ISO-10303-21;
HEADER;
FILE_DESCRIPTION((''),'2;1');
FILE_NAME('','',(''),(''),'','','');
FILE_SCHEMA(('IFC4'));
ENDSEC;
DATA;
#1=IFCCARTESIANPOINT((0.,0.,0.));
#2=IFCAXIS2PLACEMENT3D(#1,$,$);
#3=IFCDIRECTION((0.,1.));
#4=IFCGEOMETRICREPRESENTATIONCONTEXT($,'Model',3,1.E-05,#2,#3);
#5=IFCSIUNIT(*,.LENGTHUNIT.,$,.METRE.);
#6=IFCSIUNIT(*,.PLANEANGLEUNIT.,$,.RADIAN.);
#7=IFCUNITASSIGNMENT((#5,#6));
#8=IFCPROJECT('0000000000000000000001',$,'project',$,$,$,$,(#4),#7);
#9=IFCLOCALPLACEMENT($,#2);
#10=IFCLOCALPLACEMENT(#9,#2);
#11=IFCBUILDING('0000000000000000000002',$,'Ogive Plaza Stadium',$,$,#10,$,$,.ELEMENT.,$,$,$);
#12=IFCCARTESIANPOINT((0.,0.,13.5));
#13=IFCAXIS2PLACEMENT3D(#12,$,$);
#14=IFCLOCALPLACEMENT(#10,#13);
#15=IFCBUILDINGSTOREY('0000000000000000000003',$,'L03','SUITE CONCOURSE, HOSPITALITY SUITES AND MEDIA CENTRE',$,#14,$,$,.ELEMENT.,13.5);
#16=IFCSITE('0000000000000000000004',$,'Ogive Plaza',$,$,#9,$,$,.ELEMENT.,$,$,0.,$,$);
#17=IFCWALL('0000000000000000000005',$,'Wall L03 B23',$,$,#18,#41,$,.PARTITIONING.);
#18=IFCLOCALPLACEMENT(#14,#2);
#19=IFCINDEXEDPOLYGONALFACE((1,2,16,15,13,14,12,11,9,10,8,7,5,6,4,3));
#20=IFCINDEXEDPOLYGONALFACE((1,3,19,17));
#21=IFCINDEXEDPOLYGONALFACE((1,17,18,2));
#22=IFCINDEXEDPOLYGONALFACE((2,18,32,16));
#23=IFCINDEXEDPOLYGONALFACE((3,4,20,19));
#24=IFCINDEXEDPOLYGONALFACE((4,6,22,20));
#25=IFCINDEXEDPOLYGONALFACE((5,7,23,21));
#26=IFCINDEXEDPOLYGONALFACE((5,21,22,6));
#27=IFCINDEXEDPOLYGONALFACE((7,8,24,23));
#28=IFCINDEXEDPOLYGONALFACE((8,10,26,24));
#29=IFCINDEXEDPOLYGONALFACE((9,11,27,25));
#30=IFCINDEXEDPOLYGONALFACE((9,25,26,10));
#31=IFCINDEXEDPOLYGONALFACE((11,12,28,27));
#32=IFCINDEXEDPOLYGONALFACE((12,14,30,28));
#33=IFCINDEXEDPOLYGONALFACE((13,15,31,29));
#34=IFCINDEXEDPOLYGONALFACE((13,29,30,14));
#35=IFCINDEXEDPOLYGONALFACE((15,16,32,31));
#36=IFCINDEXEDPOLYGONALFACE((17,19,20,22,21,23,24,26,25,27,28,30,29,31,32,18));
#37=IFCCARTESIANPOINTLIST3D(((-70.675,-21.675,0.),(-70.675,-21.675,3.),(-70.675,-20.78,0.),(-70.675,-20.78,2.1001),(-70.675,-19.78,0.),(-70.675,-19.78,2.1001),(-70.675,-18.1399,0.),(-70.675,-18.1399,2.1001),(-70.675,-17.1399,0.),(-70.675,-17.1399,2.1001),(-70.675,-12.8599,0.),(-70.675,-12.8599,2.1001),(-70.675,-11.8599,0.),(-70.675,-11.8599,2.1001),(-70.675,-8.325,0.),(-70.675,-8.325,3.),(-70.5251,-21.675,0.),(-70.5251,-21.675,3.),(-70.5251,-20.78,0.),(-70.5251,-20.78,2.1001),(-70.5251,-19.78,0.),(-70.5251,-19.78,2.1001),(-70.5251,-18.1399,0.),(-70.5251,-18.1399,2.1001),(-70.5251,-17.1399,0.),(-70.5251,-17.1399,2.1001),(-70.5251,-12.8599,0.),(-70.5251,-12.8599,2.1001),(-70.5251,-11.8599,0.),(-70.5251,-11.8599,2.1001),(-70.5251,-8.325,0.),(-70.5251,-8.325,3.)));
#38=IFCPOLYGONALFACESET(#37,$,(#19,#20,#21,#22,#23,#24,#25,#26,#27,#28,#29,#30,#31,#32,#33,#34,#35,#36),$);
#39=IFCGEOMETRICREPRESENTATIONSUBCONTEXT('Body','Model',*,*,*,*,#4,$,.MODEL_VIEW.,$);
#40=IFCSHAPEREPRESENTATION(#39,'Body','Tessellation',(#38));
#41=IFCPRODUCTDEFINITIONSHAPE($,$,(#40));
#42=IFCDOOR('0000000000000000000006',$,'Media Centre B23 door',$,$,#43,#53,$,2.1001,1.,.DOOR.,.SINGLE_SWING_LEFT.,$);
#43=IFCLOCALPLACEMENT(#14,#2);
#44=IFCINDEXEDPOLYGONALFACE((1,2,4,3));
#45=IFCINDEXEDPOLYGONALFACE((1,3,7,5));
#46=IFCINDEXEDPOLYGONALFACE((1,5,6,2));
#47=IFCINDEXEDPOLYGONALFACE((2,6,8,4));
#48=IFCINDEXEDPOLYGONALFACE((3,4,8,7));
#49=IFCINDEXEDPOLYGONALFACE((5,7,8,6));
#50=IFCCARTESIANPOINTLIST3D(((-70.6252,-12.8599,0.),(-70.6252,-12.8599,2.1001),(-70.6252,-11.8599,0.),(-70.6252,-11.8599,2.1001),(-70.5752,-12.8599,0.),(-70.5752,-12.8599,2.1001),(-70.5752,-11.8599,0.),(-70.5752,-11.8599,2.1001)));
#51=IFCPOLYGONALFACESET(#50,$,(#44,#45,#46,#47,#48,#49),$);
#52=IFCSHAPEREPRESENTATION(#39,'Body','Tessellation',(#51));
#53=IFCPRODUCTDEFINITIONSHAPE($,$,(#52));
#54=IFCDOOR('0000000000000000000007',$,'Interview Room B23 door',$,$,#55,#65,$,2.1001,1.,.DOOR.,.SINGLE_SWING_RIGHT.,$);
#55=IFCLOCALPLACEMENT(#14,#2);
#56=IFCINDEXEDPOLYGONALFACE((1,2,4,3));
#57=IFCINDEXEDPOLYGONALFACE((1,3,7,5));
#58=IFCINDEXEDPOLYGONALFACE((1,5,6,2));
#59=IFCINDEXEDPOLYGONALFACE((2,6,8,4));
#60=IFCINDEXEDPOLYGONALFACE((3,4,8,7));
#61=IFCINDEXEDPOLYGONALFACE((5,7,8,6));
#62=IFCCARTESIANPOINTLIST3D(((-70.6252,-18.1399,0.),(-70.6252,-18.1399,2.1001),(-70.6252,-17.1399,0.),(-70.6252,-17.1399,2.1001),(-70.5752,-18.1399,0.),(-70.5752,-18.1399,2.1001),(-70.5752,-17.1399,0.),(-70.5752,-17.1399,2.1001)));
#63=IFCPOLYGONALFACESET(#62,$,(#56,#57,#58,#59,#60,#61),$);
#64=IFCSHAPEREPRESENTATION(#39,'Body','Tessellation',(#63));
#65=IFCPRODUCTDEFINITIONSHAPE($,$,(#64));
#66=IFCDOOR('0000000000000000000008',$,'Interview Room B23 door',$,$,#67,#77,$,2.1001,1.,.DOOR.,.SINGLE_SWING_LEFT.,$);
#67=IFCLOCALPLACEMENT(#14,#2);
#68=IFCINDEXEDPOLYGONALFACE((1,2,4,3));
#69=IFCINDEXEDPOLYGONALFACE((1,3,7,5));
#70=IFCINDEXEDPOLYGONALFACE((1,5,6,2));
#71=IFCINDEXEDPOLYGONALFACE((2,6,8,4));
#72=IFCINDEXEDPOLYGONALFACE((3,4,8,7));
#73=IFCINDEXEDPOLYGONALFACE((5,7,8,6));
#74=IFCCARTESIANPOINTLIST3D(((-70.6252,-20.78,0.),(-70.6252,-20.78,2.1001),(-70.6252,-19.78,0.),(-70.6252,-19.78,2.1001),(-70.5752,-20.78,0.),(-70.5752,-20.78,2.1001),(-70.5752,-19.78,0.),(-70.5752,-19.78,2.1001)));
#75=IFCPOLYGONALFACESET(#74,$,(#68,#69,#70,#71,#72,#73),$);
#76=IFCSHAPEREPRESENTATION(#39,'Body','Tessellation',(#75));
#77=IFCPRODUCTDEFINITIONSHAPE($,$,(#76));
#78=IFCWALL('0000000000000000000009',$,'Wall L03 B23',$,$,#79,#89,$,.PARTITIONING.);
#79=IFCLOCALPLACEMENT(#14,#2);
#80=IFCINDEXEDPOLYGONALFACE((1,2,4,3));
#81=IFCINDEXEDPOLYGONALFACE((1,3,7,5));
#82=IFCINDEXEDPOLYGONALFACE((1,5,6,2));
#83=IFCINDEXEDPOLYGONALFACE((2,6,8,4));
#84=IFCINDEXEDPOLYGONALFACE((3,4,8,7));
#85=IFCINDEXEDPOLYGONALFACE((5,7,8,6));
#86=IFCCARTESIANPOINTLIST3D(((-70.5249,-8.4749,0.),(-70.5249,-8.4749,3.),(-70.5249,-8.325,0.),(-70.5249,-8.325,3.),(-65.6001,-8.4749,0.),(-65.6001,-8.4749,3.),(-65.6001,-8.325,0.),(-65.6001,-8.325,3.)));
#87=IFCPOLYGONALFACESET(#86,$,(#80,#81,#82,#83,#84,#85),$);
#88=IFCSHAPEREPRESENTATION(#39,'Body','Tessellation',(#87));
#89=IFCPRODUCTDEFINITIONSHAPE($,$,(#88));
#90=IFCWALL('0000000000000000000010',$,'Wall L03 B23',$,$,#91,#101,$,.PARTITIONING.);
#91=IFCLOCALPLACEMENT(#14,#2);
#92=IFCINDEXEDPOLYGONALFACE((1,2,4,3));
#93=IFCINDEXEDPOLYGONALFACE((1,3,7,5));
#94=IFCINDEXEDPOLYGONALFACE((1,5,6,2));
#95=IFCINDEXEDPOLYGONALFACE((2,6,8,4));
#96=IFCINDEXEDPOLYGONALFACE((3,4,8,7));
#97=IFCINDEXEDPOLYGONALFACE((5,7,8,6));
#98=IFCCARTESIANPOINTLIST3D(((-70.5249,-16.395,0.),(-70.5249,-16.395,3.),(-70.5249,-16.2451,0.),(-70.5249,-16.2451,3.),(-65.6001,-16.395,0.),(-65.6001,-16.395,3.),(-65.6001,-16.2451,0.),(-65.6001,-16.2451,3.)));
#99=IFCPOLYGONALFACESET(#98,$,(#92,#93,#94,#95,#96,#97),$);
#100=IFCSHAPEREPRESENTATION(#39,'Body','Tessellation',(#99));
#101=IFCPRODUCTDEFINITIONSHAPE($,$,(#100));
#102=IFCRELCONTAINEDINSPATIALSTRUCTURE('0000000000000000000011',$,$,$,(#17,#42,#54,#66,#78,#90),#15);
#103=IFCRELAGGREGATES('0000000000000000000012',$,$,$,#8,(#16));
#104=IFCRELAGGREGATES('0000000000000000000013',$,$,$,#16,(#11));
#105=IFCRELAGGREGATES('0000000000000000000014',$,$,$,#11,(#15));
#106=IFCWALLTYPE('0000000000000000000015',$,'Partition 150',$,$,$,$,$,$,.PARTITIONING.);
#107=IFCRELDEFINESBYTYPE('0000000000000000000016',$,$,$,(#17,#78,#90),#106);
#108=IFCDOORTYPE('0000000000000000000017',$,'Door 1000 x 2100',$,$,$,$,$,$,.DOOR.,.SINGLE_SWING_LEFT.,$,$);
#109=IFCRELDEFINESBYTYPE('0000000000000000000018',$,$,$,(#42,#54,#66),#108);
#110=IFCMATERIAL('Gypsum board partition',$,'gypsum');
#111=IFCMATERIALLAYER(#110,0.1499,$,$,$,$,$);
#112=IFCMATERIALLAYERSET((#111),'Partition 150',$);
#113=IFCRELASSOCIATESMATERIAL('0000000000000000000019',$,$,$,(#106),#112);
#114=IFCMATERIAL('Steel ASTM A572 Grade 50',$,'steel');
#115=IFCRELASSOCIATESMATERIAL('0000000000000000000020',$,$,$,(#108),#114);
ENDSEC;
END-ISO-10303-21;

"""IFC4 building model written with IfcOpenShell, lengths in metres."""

from ifc_helpers import new_model, si_unit, direction, frame, frame_2d, origin, place, context, subcontext, project, spatial, rectangle, extrude, material, layer, layer_set, type_object, element, fill, save


model = new_model("IFC4")

# Units and contexts
model_context = context("Model", 3, precision=1e-05, world=origin(), true_north=direction((0.0, 1.0)))
body_context = subcontext(model_context, "Body", "Model", "MODEL_VIEW")
ifc_project = project(units=[si_unit("LENGTHUNIT", "METRE"), si_unit("PLANEANGLEUNIT", "RADIAN")], contexts=[model_context])

# Site, building, storey
site_placement = place(None, origin())
site = spatial("IfcSite", under=ifc_project, at=site_placement, Name="Ogive Plaza", CompositionType="ELEMENT", RefElevation=0.0)
building_placement = place(site_placement, origin())
building = spatial("IfcBuilding", under=site, at=building_placement, Name="Ogive Plaza Stadium", CompositionType="ELEMENT")
storey_placement = place(building_placement, frame((0.0, 0.0, 13.5)))
storey = spatial("IfcBuildingStorey", under=building, at=storey_placement, Name="L03", Description="SUITE CONCOURSE, HOSPITALITY SUITES AND MEDIA CENTRE", CompositionType="ELEMENT", Elevation=13.5)

# Shared definitions
ifc_material_1 = material(Name="Gypsum board partition", Category="gypsum")
ifc_layer_1 = layer(ifc_material_1, 0.1499)
ifc_layer_set_1 = layer_set([ifc_layer_1], Name="Partition 150")
wall_type_1 = type_object("IfcWallType", Name="Partition 150", PredefinedType="PARTITIONING", material=ifc_layer_set_1)

# Wall, openings, doors
wall_1_placement = place(storey_placement, frame((-70.6001, -8.325, 0.0), z_axis=(0.0, 0.0, 1.0), x_axis=(0.0, -1.0, 0.0)))
wall_1 = element("IfcWall", 1, at=wall_1_placement, inside=storey, type_object=wall_type_1, Name="Wall L03 B23", PredefinedType="PARTITIONING", context=body_context, shape_type="SweptSolid", body=[
    extrude(rectangle(XDim=13.3501, YDim=0.1499, at=frame_2d((6.675, 0.0))), origin(), (0.0, 0.0, 1.0), 3.0),
])
opening_1_placement = place(wall_1_placement, frame((3.5349, 0.0, 0.0)))
opening_1 = element("IfcOpeningElement", 2, at=opening_1_placement, cuts=wall_1, PredefinedType="OPENING", context=body_context, shape_type="SweptSolid", body=[
    extrude(rectangle(XDim=1.0, YDim=2.1001, at=frame_2d((0.5, 1.05))), frame((0.0, 0.075, 0.0), z_axis=(0.0, -1.0, 0.0), x_axis=(1.0, 0.0, 0.0)), (0.0, 0.0, 1.0), 0.1499),
])
opening_2_placement = place(wall_1_placement, frame((8.8149, 0.0, 0.0)))
opening_2 = element("IfcOpeningElement", 3, at=opening_2_placement, cuts=wall_1, PredefinedType="OPENING", context=body_context, shape_type="SweptSolid", body=[
    extrude(rectangle(XDim=1.0, YDim=2.1001, at=frame_2d((0.5, 1.05))), frame((0.0, 0.075, 0.0), z_axis=(0.0, -1.0, 0.0), x_axis=(1.0, 0.0, 0.0)), (0.0, 0.0, 1.0), 0.1499),
])
opening_3_placement = place(wall_1_placement, frame((11.4551, 0.0, 0.0)))
opening_3 = element("IfcOpeningElement", 4, at=opening_3_placement, cuts=wall_1, PredefinedType="OPENING", context=body_context, shape_type="SweptSolid", body=[
    extrude(rectangle(XDim=1.0, YDim=2.1001, at=frame_2d((0.5, 1.05))), frame((0.0, 0.075, 0.0), z_axis=(0.0, -1.0, 0.0), x_axis=(1.0, 0.0, 0.0)), (0.0, 0.0, 1.0), 0.1499),
])
ifc_material_2 = material(Name="Steel ASTM A572 Grade 50", Category="steel")
door_type_1 = type_object("IfcDoorType", Name="Door 1000 x 2100", OperationType="SINGLE_SWING_LEFT", PredefinedType="DOOR", material=ifc_material_2)
door_1_placement = place(opening_1_placement, origin())
door_1 = element("IfcDoor", 5, at=door_1_placement, inside=storey, type_object=door_type_1, Name="Media Centre B23 door", OperationType="SINGLE_SWING_LEFT", OverallHeight=2.1001, OverallWidth=1.0, PredefinedType="DOOR", context=body_context, shape_type="SweptSolid", body=[
    extrude(rectangle(XDim=1.0, YDim=2.1001, at=frame_2d((0.5, 1.05))), frame((0.0, 0.0249, 0.0), z_axis=(0.0, -1.0, 0.0), x_axis=(1.0, 0.0, 0.0)), (0.0, 0.0, 1.0), 0.05),
])
fill(opening_1, door_1)
door_2_placement = place(opening_2_placement, origin())
door_2 = element("IfcDoor", 6, at=door_2_placement, inside=storey, type_object=door_type_1, Name="Interview Room B23 door", OperationType="SINGLE_SWING_RIGHT", OverallHeight=2.1001, OverallWidth=1.0, PredefinedType="DOOR", context=body_context, shape_type="SweptSolid", body=[
    extrude(rectangle(XDim=1.0, YDim=2.1001, at=frame_2d((0.5, 1.05))), frame((0.0, 0.0249, 0.0), z_axis=(0.0, -1.0, 0.0), x_axis=(1.0, 0.0, 0.0)), (0.0, 0.0, 1.0), 0.05),
])
fill(opening_2, door_2)
door_3_placement = place(opening_3_placement, origin())
door_3 = element("IfcDoor", 7, at=door_3_placement, inside=storey, type_object=door_type_1, Name="Interview Room B23 door", OperationType="SINGLE_SWING_LEFT", OverallHeight=2.1001, OverallWidth=1.0, PredefinedType="DOOR", context=body_context, shape_type="SweptSolid", body=[
    extrude(rectangle(XDim=1.0, YDim=2.1001, at=frame_2d((0.5, 1.05))), frame((0.0, 0.0249, 0.0), z_axis=(0.0, -1.0, 0.0), x_axis=(1.0, 0.0, 0.0)), (0.0, 0.0, 1.0), 0.05),
])
fill(opening_3, door_3)

# Walls
for number, where, z_axis, x_axis, name in (
    (8, (-65.6001, -8.3999, 0.0), (0.0, 0.0, 1.0), (-1.0, 0.0, 0.0), "Wall L03 B23"),
    (9, (-65.6001, -16.3201, 0.0), (0.0, 0.0, 1.0), (-1.0, 0.0, 0.0), "Wall L03 B23"),
):
    element("IfcWall", number, at=place(storey_placement, frame(where, z_axis=z_axis, x_axis=x_axis)), inside=storey, type_object=wall_type_1, Name=name, PredefinedType="PARTITIONING", context=body_context, shape_type="SweptSolid", body=[
        extrude(rectangle(XDim=4.9248, YDim=0.1499, at=frame_2d((2.4624, 0.0))), origin(), (0.0, 0.0, 1.0), 3.0),
    ])

save(model, "model.ifc")
